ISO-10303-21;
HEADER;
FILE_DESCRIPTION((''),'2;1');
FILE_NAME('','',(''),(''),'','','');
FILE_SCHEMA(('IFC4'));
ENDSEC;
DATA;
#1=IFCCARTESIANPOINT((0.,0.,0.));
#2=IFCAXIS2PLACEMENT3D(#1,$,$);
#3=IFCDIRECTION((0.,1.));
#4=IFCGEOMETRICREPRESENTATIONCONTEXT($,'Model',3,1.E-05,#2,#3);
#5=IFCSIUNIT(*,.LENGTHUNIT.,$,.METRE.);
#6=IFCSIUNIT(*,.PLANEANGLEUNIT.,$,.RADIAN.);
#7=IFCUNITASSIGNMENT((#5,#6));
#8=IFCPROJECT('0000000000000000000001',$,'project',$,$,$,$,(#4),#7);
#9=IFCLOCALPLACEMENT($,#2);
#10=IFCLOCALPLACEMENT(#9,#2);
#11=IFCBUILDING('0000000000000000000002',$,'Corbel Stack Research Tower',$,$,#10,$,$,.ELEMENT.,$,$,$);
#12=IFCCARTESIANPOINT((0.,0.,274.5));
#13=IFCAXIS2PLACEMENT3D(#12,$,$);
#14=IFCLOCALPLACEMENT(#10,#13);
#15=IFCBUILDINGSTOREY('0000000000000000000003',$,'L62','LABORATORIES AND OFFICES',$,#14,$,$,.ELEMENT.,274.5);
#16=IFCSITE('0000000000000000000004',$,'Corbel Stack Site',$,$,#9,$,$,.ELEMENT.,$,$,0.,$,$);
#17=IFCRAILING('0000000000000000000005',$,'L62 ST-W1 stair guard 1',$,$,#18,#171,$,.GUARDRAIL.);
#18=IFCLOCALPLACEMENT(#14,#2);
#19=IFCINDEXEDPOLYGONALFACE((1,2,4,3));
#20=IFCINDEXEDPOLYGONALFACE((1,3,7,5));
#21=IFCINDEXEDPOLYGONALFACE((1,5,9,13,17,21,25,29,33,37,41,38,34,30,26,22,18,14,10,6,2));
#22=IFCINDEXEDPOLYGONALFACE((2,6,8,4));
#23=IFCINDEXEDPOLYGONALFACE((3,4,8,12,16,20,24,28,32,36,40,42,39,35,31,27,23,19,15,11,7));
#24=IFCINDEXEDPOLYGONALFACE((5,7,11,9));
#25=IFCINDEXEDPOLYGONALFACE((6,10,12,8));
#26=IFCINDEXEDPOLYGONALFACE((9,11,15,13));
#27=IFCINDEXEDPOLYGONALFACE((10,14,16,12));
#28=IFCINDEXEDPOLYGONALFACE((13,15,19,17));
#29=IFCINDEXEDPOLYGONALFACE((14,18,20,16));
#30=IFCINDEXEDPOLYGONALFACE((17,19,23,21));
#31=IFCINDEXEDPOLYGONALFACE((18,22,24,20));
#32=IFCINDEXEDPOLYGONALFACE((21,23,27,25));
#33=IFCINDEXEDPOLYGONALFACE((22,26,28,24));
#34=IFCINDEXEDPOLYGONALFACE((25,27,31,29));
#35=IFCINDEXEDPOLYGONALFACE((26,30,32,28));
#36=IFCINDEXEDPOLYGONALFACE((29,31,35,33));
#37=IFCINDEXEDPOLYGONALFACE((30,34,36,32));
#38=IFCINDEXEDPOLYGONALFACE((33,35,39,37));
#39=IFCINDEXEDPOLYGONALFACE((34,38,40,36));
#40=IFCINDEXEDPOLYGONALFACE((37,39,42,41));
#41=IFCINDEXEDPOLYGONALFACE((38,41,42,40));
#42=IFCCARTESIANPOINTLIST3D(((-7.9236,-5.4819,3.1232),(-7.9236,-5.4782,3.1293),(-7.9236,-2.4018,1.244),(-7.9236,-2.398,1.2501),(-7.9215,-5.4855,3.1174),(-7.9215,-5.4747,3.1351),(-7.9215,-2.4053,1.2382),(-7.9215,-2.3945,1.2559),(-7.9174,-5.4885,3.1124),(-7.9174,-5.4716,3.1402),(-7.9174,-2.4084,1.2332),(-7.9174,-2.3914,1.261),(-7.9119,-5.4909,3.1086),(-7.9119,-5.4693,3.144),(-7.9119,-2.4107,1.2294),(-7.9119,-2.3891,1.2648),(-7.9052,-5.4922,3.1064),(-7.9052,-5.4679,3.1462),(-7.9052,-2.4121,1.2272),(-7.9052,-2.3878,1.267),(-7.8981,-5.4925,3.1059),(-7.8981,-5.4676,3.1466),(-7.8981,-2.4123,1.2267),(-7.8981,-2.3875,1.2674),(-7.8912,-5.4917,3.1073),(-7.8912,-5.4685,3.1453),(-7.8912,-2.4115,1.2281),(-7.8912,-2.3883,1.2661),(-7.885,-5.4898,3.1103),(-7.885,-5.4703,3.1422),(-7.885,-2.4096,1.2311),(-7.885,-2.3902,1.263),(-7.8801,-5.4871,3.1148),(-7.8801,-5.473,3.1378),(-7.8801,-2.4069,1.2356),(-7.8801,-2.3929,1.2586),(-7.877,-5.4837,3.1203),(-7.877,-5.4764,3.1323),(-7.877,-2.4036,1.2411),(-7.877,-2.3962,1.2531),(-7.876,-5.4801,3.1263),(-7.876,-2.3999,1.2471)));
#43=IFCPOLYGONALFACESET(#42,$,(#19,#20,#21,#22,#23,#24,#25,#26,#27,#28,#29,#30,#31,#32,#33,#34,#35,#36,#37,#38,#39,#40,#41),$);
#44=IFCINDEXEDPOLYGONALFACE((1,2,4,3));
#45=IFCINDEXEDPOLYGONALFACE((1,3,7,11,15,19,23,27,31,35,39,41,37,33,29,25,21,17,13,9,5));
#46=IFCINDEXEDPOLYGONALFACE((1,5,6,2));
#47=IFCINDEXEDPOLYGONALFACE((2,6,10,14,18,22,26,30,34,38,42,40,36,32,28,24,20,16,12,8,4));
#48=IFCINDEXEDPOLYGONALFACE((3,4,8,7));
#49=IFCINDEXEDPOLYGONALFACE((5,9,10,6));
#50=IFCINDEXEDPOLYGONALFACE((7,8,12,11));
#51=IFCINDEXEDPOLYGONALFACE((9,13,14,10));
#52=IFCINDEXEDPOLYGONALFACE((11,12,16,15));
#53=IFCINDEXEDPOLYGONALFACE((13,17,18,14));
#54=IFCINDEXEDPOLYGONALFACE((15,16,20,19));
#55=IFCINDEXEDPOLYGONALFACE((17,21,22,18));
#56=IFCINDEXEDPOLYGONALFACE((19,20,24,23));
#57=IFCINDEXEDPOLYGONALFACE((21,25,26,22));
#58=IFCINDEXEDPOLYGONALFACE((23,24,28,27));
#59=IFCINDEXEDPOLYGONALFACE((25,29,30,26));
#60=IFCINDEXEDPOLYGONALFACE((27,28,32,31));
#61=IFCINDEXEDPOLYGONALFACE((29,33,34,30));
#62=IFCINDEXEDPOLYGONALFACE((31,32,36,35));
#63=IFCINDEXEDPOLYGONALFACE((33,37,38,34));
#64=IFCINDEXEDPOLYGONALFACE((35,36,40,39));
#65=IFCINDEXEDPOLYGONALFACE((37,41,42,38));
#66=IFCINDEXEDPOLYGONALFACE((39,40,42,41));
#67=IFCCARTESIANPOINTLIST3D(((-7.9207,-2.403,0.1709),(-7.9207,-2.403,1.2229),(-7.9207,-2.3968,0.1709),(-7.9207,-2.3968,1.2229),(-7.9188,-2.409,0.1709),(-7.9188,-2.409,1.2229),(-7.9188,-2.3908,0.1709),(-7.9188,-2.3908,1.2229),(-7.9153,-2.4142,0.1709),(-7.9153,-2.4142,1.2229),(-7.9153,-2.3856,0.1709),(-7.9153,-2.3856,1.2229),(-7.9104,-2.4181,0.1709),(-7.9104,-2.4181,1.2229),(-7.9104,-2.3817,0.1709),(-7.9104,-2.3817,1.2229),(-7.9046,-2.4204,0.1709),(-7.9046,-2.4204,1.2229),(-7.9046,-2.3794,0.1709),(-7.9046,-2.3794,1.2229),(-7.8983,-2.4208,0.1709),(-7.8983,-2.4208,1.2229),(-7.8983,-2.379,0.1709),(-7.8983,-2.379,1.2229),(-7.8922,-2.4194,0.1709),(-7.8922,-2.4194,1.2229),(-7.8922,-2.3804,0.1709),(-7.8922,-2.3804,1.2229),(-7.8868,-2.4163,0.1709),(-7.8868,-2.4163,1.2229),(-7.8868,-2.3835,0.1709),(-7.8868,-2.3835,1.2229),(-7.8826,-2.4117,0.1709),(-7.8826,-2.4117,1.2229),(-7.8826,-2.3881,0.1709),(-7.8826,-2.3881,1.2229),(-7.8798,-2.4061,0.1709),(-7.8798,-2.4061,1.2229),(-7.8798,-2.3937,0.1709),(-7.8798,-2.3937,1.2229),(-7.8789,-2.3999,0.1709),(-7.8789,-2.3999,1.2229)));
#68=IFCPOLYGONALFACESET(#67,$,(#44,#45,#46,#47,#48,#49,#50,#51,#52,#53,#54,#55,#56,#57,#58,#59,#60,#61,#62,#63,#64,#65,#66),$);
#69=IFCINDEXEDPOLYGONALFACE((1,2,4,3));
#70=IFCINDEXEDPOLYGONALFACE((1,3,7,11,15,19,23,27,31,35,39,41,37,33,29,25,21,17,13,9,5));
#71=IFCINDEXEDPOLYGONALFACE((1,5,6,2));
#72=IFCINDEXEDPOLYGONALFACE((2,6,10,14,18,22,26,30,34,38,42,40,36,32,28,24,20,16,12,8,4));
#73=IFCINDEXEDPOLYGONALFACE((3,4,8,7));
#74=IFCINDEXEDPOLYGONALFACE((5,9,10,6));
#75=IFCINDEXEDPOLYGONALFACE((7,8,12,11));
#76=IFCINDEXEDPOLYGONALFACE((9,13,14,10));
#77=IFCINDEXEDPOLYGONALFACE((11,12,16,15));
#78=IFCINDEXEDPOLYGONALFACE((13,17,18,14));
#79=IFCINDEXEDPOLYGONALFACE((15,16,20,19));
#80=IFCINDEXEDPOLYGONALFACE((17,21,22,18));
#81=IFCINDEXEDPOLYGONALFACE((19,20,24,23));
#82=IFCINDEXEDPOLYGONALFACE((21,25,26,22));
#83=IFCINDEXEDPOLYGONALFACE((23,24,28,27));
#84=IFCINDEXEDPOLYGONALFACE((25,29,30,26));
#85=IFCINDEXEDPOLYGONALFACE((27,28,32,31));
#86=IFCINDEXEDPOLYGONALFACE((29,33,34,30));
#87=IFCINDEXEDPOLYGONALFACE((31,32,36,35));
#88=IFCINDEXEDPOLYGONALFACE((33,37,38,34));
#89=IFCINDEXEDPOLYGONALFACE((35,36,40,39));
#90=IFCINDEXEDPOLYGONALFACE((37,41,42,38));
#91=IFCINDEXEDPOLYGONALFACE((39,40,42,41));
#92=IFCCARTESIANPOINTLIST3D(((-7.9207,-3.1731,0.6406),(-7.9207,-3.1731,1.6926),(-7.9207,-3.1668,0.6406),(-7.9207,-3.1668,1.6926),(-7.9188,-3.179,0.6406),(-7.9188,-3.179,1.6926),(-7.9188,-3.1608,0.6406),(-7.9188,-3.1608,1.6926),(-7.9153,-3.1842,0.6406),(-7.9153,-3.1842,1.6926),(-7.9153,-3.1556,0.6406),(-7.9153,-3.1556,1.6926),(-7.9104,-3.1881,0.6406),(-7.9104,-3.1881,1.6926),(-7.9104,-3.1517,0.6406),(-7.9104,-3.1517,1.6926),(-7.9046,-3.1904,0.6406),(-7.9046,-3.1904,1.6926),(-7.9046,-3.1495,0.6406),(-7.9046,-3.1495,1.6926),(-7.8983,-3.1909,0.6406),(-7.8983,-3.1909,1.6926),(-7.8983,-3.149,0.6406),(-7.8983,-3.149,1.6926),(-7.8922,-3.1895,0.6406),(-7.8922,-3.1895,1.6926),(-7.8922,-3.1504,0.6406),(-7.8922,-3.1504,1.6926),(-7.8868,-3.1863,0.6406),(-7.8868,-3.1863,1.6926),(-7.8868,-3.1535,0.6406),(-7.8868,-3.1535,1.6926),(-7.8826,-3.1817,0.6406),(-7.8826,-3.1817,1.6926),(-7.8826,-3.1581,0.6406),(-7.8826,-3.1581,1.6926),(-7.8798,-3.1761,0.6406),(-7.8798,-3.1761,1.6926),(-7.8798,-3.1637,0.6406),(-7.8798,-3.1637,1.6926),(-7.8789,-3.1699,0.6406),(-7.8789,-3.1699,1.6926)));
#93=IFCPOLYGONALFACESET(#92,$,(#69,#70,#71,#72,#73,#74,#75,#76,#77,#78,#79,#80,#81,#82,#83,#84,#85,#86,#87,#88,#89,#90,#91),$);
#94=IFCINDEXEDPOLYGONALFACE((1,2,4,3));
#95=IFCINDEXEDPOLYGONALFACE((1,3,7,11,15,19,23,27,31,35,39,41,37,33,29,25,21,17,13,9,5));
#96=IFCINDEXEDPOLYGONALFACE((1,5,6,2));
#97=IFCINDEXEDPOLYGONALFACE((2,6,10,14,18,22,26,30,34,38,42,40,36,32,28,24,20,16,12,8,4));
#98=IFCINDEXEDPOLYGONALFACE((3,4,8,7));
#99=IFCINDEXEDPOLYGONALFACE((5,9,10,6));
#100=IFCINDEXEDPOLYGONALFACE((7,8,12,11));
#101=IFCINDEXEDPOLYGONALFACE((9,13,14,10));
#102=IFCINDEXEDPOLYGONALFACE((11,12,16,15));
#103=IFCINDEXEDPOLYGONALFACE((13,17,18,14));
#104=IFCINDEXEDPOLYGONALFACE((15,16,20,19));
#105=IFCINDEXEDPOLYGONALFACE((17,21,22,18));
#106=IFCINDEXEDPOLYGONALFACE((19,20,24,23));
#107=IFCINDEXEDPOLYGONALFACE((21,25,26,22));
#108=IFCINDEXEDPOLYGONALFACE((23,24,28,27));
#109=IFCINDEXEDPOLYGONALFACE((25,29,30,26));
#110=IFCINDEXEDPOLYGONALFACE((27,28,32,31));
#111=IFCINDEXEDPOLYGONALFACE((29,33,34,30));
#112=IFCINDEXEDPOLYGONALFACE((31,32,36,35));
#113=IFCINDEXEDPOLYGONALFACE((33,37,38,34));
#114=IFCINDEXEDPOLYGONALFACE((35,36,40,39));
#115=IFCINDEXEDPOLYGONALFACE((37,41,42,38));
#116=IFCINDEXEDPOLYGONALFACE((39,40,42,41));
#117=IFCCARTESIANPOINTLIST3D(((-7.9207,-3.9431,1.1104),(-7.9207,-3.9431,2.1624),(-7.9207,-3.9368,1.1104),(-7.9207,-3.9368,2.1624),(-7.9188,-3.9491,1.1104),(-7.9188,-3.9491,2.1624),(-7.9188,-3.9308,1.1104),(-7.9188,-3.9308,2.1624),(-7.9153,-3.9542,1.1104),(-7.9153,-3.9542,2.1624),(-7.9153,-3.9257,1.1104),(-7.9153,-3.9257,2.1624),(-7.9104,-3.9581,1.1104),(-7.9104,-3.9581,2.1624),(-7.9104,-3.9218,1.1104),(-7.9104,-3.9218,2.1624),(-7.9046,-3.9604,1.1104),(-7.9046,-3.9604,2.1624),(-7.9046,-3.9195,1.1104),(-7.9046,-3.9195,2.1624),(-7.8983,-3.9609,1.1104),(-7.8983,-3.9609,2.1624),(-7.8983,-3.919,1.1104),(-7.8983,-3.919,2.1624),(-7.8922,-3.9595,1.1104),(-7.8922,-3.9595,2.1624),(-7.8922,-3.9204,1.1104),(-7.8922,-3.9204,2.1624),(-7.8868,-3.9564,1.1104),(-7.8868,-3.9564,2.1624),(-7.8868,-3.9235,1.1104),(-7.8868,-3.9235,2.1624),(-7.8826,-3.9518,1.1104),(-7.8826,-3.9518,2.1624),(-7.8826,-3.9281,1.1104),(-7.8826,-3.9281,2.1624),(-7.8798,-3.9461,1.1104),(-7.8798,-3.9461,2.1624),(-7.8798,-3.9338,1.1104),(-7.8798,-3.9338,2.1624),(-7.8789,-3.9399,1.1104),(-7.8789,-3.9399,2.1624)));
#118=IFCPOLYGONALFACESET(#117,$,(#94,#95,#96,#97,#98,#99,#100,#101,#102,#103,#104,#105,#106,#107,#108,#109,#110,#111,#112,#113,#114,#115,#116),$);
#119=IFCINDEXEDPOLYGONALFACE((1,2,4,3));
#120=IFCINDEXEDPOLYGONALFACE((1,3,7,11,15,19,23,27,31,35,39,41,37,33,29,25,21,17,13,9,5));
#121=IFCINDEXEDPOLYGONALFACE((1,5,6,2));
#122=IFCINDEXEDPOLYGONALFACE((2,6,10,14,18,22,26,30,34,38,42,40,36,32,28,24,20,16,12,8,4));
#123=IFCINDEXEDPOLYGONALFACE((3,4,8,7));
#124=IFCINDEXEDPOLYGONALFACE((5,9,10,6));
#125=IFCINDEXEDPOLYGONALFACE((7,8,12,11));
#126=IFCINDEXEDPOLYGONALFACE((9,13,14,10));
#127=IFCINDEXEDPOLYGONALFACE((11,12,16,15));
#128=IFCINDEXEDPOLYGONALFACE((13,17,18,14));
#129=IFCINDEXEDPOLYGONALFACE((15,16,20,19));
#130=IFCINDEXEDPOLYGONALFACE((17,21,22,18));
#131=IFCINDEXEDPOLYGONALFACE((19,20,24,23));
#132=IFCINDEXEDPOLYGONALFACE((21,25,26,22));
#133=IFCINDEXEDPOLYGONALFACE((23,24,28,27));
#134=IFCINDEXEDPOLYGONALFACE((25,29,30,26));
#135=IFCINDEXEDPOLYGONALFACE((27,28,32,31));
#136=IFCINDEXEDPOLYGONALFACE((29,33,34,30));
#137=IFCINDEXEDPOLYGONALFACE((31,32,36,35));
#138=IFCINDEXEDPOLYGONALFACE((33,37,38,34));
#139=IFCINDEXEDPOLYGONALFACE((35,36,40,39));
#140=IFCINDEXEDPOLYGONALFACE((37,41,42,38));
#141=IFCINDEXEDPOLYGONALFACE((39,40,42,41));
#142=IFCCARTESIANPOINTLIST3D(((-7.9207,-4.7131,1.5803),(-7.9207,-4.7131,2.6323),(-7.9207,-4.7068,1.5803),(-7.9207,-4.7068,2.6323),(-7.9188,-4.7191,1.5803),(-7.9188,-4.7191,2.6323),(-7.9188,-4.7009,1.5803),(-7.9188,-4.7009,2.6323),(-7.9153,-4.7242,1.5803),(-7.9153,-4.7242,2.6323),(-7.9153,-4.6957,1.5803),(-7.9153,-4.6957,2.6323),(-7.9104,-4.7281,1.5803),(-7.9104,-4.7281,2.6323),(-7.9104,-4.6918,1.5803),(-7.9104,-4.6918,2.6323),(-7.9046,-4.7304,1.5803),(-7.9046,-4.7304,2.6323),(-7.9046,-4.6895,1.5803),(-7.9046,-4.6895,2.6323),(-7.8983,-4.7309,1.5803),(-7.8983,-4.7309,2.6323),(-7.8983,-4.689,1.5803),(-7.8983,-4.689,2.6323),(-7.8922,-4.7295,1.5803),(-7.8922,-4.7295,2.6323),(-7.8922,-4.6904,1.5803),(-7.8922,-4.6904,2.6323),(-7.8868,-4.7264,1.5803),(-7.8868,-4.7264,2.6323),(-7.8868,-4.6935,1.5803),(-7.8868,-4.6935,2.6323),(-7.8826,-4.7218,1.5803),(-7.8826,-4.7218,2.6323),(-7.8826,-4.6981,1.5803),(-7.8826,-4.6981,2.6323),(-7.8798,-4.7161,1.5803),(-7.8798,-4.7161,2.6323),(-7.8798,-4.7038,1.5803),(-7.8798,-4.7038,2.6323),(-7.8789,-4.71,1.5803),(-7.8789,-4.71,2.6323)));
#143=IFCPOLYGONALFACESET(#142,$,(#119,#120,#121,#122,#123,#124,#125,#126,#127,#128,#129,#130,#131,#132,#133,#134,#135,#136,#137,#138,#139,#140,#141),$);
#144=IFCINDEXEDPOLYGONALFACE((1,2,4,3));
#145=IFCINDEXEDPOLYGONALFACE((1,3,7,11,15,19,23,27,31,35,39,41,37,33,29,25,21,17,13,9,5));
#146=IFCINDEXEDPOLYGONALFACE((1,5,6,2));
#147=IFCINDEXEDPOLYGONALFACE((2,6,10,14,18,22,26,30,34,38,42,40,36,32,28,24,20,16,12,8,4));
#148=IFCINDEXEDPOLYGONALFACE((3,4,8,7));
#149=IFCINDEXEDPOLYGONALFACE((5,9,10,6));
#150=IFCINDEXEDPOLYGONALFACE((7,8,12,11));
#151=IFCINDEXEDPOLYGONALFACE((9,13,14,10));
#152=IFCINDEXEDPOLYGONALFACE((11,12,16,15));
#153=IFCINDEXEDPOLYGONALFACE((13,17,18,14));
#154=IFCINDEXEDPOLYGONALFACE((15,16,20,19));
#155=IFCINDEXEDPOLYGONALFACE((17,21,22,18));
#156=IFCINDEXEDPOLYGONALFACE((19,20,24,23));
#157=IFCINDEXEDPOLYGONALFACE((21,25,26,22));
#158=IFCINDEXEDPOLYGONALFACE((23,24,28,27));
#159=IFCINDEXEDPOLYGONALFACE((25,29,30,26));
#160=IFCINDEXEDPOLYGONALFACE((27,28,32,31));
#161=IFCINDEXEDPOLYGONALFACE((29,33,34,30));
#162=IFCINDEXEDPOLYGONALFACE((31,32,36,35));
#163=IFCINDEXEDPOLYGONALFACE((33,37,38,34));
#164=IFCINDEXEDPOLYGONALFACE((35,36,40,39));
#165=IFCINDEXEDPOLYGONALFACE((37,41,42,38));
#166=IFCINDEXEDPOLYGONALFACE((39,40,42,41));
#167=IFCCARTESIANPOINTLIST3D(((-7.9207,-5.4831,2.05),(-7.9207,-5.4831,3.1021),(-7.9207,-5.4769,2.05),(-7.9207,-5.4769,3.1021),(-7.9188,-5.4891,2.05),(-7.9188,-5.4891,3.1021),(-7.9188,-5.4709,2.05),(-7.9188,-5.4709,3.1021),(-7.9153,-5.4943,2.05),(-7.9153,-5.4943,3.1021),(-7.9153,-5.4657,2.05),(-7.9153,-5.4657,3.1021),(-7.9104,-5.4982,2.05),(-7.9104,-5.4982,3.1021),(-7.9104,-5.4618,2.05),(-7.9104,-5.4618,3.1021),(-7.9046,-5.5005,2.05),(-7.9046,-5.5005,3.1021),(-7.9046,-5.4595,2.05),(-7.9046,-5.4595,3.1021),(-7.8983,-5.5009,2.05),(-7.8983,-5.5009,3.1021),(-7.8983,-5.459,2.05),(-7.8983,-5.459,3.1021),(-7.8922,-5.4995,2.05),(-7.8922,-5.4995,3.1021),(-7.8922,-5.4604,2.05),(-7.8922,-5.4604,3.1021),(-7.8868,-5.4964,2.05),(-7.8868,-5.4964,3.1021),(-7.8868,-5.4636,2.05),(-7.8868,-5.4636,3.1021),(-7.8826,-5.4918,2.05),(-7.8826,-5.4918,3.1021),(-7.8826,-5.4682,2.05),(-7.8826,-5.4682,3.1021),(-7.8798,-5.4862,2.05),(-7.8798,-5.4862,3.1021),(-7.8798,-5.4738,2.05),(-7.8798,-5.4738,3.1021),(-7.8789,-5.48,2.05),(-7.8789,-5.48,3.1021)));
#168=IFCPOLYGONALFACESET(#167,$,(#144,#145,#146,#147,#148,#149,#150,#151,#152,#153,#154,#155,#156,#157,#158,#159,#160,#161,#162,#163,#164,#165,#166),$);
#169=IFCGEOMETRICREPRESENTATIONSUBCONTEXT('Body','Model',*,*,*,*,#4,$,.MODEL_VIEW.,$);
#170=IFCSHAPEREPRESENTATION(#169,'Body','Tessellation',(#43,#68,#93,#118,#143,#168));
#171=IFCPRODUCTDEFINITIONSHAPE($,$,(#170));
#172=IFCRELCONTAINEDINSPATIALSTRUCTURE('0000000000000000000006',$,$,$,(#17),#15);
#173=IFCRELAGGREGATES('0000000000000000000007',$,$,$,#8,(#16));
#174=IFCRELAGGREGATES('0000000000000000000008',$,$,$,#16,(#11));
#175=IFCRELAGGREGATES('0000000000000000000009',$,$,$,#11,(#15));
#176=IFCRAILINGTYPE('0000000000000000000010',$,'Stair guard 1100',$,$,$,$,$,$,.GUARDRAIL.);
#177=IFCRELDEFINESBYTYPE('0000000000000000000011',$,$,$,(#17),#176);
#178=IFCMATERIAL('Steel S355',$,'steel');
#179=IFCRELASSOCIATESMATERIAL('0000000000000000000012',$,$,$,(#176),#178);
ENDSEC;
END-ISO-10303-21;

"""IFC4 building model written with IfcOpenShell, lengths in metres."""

from ifc_helpers import new_model, si_unit, direction, frame, origin, origin_2d, place, context, subcontext, project, spatial, circle, extrude, material, type_object, element, save


model = new_model("IFC4")

# Units and contexts
model_context = context("Model", 3, precision=1e-05, world=origin(), true_north=direction((0.0, 1.0)))
body_context = subcontext(model_context, "Body", "Model", "MODEL_VIEW")
ifc_project = project(units=[si_unit("LENGTHUNIT", "METRE"), si_unit("PLANEANGLEUNIT", "RADIAN")], contexts=[model_context])

# Site, building, storey
site_placement = place(None, origin())
site = spatial("IfcSite", under=ifc_project, at=site_placement, Name="Corbel Stack Site", CompositionType="ELEMENT", RefElevation=0.0)
building_placement = place(site_placement, origin())
building = spatial("IfcBuilding", under=site, at=building_placement, Name="Corbel Stack Research Tower", CompositionType="ELEMENT")
storey_placement = place(building_placement, frame((0.0, 0.0, 274.5)))
storey = spatial("IfcBuildingStorey", under=building, at=storey_placement, Name="L62", Description="LABORATORIES AND OFFICES", CompositionType="ELEMENT", Elevation=274.5)

# Railing
ifc_material_1 = material(Name="Steel S355", Category="steel")
railing_type = type_object("IfcRailingType", Name="Stair guard 1100", PredefinedType="GUARDRAIL", material=ifc_material_1)
railing_1_placement = place(storey_placement, frame((-7.8999, -2.3999, 0.1709)))
element("IfcRailing", 1, at=railing_1_placement, inside=storey, type_object=railing_type, Name="L62 ST-W1 stair guard 1", PredefinedType="GUARDRAIL", context=body_context, shape_type="SweptSolid", body=[
    extrude(circle(Radius=0.0239, at=origin_2d()), frame((0.0, 0.0, 1.0762), z_axis=(0.0, -0.853666, 0.52082), x_axis=(1.0, 0.0, 0.0)), (0.0, 0.0, 1.0), 3.6082),
    extrude(circle(Radius=0.021, at=origin_2d()), origin(), (0.0, 0.0, 1.0), 1.052),
    extrude(circle(Radius=0.021, at=origin_2d()), frame((0.0, -0.77, 0.4697)), (0.0, 0.0, 1.0), 1.052),
    extrude(circle(Radius=0.021, at=origin_2d()), frame((0.0, -1.54, 0.9395)), (0.0, 0.0, 1.0), 1.052),
    extrude(circle(Radius=0.021, at=origin_2d()), frame((0.0, -2.3101, 1.4094)), (0.0, 0.0, 1.0), 1.052),
    extrude(circle(Radius=0.021, at=origin_2d()), frame((0.0, -3.0801, 1.8792)), (0.0, 0.0, 1.0), 1.052),
])

save(model, "model.ifc")
